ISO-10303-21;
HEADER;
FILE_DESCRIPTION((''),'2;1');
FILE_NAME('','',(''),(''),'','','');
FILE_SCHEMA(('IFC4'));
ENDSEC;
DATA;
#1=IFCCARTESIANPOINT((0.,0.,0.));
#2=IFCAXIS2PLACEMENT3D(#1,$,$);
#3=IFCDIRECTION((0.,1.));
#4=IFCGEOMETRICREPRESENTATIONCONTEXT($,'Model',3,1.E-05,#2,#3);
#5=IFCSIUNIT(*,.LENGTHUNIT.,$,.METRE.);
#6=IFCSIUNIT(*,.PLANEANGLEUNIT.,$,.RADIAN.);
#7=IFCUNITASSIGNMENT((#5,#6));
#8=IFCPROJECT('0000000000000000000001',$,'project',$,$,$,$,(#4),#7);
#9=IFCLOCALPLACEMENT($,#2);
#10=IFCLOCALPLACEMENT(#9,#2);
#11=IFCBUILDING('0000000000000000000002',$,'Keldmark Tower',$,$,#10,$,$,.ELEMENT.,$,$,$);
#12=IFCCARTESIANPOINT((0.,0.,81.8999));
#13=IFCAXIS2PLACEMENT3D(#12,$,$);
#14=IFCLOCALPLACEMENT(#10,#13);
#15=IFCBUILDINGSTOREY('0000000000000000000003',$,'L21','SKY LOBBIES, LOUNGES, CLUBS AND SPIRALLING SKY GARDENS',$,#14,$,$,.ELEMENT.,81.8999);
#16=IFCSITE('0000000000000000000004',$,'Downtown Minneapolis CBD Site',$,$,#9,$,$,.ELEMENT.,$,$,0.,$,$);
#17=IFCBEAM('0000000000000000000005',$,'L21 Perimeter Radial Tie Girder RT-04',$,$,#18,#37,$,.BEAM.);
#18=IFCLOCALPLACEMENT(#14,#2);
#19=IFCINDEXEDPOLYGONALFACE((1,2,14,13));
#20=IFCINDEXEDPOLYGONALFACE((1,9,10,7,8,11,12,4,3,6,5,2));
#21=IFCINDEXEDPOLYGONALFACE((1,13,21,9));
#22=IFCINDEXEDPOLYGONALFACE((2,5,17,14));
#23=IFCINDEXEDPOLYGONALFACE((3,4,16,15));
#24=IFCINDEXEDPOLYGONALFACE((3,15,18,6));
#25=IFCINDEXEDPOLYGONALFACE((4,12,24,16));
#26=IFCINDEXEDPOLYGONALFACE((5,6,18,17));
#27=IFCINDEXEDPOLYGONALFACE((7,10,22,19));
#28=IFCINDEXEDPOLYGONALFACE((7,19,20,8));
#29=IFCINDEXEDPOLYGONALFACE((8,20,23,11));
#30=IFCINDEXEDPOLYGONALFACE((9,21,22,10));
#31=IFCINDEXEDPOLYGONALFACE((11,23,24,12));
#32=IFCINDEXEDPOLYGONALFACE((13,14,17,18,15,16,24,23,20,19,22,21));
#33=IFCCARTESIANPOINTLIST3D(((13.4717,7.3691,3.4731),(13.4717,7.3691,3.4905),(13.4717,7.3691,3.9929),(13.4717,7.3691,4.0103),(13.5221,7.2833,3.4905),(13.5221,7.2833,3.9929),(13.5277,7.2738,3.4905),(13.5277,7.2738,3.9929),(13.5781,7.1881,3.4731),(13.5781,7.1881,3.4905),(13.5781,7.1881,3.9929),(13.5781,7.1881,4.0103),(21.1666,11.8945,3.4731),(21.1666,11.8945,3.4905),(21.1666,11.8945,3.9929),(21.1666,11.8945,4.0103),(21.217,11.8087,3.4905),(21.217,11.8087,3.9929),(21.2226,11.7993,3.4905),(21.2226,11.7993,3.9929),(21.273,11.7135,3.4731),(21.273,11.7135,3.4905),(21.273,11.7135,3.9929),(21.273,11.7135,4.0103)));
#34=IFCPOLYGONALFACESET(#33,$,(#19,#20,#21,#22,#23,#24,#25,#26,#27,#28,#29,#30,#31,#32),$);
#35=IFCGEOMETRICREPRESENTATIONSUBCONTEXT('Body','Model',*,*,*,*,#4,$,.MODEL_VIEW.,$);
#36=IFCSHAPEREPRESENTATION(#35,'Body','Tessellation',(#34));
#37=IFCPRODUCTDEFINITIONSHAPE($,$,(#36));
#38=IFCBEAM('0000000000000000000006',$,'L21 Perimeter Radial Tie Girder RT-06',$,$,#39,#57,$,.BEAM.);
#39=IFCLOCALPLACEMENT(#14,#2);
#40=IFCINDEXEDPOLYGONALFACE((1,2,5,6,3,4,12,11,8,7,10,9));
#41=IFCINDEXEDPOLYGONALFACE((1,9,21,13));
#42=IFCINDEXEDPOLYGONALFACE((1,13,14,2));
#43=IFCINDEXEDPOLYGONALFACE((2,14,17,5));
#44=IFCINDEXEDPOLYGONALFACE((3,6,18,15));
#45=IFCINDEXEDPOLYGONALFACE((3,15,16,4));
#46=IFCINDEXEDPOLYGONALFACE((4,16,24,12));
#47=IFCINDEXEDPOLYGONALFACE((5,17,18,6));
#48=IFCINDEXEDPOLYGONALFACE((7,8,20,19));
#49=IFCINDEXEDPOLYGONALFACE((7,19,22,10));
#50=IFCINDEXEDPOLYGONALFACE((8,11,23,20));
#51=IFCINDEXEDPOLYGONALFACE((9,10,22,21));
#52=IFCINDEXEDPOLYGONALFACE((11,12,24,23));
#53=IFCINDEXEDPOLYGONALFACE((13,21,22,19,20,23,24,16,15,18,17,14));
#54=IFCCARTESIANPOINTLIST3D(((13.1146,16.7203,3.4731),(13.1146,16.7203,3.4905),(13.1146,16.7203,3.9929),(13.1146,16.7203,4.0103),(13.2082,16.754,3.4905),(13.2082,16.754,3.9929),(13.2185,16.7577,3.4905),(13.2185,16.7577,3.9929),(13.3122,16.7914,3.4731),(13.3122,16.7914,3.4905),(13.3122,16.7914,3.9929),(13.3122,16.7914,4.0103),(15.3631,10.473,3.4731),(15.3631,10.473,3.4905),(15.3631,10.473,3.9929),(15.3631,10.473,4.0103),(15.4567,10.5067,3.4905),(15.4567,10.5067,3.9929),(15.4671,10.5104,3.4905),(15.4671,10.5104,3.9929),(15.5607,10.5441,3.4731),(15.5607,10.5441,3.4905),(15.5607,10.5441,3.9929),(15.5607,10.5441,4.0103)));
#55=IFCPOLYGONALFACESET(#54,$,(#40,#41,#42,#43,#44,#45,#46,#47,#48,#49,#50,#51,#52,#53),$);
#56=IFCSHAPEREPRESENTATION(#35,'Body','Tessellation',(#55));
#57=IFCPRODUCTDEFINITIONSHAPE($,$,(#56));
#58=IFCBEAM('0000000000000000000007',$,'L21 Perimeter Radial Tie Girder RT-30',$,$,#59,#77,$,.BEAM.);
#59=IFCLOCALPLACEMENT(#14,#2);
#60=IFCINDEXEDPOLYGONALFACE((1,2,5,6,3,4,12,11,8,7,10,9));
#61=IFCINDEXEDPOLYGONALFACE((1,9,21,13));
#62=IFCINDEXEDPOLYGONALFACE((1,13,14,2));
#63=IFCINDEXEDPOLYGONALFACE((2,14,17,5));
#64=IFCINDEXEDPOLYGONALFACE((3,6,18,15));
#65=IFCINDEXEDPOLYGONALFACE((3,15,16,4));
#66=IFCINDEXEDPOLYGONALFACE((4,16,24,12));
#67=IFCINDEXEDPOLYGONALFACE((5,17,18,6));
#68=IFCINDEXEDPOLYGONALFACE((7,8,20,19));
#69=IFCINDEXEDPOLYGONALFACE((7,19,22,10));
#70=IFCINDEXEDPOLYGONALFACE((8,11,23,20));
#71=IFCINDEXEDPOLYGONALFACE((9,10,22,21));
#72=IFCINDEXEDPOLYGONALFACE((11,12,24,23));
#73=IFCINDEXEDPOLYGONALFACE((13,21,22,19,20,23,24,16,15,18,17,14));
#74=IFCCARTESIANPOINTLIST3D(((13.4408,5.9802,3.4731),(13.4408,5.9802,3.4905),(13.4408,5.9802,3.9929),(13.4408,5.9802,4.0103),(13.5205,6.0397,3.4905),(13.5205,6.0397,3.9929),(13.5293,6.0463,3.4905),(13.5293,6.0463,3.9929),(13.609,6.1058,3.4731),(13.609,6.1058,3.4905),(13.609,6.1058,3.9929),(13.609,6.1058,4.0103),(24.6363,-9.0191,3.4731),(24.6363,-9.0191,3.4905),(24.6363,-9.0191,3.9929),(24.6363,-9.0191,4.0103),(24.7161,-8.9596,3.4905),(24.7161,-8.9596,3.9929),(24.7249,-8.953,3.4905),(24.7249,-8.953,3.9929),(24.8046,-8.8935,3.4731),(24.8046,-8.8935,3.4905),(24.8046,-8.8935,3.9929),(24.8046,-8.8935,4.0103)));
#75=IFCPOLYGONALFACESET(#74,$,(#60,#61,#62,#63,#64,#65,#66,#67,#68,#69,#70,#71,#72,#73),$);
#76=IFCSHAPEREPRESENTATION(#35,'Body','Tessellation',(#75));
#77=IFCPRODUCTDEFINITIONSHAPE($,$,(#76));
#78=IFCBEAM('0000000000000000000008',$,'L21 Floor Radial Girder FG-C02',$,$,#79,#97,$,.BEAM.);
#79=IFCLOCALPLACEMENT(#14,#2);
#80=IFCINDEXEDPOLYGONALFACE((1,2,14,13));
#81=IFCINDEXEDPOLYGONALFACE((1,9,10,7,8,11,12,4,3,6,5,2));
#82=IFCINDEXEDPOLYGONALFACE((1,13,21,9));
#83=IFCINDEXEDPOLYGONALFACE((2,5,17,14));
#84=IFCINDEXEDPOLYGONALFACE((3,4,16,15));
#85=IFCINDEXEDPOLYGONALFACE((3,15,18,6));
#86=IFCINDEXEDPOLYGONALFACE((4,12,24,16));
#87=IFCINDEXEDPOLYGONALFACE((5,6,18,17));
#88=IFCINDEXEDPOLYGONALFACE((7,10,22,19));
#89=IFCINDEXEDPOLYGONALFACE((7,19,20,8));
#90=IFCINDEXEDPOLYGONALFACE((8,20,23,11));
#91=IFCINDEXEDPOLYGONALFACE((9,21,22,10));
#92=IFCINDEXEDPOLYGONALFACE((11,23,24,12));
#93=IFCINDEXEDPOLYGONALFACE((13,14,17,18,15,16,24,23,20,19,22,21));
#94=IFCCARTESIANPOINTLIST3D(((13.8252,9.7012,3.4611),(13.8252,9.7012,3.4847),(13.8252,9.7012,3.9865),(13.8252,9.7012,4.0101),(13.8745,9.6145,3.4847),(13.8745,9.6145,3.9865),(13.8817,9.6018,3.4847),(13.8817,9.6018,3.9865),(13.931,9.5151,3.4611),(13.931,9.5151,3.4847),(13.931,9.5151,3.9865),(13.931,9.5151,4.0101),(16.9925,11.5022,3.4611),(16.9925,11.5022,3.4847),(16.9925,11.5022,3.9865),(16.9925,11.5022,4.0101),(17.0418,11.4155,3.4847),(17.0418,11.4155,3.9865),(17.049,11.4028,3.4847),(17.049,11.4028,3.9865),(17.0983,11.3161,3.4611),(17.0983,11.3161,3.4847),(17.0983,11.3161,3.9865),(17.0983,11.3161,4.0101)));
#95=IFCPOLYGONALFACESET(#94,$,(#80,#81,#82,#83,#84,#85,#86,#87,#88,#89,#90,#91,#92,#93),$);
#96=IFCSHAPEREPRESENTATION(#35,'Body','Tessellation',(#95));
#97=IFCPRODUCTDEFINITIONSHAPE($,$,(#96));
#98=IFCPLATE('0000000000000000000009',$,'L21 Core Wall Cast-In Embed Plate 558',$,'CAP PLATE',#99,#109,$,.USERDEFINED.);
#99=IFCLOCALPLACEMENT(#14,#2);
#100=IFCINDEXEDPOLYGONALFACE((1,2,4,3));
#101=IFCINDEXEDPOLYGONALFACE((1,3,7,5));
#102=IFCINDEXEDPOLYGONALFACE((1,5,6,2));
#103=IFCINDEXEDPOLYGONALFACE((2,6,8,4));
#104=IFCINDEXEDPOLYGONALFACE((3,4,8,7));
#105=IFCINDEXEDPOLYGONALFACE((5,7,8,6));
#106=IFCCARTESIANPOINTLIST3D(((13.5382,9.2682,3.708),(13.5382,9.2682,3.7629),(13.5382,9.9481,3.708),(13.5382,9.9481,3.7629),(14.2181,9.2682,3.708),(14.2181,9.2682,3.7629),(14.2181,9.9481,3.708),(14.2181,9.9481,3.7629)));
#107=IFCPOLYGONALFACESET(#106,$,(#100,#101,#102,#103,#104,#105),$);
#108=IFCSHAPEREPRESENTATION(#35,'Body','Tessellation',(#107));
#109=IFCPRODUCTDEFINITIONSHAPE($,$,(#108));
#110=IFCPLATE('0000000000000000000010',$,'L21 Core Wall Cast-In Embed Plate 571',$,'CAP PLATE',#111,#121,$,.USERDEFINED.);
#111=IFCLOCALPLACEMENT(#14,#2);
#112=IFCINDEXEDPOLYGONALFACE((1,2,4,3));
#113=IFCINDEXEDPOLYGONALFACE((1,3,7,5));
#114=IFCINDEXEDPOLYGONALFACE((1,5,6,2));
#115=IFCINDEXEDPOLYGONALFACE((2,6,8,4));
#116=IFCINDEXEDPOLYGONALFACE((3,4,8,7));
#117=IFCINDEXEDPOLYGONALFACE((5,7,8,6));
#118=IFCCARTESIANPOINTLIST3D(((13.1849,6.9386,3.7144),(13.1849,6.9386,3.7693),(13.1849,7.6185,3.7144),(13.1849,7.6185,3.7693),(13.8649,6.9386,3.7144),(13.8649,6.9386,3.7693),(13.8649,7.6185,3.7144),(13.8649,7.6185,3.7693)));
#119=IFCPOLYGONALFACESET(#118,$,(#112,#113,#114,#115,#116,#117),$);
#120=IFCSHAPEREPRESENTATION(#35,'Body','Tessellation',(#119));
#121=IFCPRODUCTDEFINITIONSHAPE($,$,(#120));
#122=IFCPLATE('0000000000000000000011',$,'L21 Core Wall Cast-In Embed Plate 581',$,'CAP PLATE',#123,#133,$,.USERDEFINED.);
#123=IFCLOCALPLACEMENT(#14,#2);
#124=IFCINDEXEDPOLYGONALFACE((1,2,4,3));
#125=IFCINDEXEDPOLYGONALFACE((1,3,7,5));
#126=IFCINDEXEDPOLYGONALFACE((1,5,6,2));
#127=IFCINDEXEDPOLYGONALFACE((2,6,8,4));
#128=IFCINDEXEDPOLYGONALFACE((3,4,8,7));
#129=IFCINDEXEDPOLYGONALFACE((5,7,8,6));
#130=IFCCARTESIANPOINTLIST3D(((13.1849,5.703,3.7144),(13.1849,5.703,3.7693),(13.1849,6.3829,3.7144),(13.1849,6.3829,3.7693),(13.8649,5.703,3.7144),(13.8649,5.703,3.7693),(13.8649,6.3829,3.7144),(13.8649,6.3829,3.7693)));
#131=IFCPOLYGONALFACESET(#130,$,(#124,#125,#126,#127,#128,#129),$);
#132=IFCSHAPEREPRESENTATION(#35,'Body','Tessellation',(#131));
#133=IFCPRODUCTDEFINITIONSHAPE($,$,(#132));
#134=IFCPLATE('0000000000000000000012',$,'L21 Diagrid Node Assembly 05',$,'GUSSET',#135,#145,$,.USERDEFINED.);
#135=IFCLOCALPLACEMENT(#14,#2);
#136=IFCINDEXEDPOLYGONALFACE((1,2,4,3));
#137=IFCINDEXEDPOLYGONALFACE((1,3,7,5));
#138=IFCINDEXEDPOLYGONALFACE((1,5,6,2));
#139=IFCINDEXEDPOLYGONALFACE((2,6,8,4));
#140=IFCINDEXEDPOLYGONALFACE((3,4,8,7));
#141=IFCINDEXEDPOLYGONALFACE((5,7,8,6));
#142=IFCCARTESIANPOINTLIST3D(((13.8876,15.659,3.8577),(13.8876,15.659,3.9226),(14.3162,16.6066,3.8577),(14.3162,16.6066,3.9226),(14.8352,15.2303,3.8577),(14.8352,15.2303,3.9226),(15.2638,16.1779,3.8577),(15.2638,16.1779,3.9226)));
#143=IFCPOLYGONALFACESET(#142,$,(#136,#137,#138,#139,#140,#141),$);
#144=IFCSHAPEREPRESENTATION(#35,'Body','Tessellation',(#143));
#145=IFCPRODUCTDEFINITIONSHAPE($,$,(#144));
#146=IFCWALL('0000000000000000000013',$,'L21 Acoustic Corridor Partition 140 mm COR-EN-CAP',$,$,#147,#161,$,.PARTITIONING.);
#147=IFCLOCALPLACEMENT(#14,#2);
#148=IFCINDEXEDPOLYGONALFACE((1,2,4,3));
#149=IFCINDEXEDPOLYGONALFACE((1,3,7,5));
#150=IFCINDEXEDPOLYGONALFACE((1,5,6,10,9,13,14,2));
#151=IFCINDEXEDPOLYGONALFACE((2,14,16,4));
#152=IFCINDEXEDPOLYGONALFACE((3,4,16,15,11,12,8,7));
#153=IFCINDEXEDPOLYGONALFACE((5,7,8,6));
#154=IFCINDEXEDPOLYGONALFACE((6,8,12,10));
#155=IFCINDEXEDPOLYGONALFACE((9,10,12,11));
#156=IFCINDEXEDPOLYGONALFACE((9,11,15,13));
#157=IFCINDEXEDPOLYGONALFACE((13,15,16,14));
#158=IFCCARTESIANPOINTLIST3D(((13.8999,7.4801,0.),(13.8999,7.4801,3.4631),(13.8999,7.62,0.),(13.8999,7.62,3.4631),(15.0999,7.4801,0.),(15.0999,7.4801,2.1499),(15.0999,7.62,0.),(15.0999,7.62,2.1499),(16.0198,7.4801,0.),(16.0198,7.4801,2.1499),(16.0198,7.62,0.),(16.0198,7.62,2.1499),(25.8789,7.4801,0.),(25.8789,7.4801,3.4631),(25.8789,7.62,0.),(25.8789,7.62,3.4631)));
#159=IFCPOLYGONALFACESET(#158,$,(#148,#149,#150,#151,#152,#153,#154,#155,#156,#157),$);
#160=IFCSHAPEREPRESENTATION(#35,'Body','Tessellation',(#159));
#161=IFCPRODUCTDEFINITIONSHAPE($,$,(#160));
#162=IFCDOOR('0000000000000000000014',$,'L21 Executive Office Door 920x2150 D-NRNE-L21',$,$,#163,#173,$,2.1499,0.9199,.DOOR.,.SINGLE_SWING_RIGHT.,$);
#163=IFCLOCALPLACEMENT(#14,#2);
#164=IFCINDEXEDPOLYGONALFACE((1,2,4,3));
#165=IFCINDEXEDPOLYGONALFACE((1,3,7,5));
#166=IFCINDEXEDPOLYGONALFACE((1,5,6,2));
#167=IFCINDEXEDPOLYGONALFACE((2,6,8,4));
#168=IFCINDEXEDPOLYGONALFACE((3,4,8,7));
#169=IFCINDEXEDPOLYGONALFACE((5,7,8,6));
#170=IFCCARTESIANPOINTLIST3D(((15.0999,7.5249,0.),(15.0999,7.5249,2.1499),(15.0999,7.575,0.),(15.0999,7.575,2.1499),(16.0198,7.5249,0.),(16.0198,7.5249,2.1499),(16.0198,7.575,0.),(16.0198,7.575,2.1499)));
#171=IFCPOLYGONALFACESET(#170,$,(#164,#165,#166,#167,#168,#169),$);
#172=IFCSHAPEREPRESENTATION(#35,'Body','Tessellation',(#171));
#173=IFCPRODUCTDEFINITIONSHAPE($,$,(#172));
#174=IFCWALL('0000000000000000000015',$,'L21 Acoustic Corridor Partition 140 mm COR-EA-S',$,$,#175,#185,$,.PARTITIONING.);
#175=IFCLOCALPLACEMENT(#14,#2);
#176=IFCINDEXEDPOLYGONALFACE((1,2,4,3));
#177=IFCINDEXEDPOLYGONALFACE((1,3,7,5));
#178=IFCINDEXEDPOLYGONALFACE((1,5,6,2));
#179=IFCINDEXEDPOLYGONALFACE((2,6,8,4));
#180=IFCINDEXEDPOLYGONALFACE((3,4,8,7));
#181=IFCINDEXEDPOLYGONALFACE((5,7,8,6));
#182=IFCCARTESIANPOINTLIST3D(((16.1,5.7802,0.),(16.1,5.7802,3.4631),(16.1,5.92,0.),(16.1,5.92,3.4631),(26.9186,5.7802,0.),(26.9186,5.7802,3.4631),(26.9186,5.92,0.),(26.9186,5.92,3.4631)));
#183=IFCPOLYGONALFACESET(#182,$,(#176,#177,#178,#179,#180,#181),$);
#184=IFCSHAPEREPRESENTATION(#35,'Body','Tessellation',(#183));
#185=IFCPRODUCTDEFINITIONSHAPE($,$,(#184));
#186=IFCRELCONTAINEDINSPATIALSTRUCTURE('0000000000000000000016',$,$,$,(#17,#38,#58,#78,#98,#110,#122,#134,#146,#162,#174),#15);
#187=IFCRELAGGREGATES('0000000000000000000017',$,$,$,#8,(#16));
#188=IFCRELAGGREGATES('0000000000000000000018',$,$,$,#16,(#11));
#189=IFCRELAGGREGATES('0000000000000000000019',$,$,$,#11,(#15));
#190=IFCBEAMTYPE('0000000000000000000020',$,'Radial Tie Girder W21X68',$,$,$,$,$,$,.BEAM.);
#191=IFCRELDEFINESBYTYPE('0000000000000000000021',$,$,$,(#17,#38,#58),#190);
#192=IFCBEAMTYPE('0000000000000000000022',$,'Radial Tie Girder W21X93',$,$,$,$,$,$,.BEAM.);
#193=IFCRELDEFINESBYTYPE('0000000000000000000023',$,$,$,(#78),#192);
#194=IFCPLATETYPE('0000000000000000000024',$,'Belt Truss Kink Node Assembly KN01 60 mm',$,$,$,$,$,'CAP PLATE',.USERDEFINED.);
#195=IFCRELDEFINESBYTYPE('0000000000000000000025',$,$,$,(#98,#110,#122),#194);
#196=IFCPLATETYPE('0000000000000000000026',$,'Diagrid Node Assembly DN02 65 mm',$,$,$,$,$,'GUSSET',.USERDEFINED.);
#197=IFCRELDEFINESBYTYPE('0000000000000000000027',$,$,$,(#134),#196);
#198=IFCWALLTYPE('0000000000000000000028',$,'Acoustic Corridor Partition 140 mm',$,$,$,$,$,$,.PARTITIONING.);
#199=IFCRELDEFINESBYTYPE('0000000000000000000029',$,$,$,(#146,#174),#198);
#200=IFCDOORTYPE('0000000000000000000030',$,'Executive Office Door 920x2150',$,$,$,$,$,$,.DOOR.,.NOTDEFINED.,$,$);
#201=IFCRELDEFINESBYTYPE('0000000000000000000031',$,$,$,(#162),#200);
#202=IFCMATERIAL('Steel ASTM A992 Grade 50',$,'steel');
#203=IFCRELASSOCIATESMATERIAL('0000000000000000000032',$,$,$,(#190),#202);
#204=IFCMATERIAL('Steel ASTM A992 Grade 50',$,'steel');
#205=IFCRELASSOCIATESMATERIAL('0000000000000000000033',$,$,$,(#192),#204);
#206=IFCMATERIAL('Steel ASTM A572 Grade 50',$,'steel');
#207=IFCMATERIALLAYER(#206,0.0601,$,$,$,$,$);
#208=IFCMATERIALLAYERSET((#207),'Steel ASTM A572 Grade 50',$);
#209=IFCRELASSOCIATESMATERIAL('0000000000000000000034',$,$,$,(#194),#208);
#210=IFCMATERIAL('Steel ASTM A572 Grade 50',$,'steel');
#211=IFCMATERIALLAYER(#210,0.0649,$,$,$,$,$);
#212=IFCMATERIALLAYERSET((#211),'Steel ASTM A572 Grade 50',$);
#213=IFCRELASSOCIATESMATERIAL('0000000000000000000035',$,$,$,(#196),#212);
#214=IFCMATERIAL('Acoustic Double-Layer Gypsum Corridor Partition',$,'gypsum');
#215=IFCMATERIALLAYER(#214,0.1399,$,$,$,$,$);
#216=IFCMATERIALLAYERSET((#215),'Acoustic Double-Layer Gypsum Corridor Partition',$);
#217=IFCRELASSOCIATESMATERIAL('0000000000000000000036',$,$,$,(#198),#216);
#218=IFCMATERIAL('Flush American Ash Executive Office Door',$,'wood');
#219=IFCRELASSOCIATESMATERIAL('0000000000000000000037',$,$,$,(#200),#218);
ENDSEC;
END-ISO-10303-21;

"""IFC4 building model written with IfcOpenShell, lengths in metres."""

from ifc_helpers import new_model, si_unit, direction, frame, frame_2d, origin, origin_2d, place, context, subcontext, project, spatial, rectangle, i_section, extrude, material, layer, layer_set, material_profile, profile_set, type_object, element, fill, save


model = new_model("IFC4")

# Units and contexts
model_context = context("Model", 3, precision=1e-05, world=origin(), true_north=direction((0.0, 1.0)))
body_context = subcontext(model_context, "Body", "Model", "MODEL_VIEW")
ifc_project = project(units=[si_unit("LENGTHUNIT", "METRE"), si_unit("PLANEANGLEUNIT", "RADIAN")], contexts=[model_context])

# Site, building, storey
site_placement = place(None, origin())
site = spatial("IfcSite", under=ifc_project, at=site_placement, Name="Downtown Minneapolis CBD Site", CompositionType="ELEMENT", RefElevation=0.0)
building_placement = place(site_placement, origin())
building = spatial("IfcBuilding", under=site, at=building_placement, Name="Keldmark Tower", CompositionType="ELEMENT")
storey_placement = place(building_placement, frame((0.0, 0.0, 81.8999)))
storey = spatial("IfcBuildingStorey", under=building, at=storey_placement, Name="L21", Description="SKY LOBBIES, LOUNGES, CLUBS AND SPIRALLING SKY GARDENS", CompositionType="ELEMENT", Elevation=81.8999)

# Beams
ifc_material_1 = material(Name="Steel ASTM A992 Grade 50", Category="steel")
ifc_material_profile_1 = material_profile(ifc_material_1, i_section(OverallWidth=0.21, OverallDepth=0.5371, WebThickness=0.011, FlangeThickness=0.0173, at=origin_2d()), Name="W21X68")
ifc_profile_set_1 = profile_set([ifc_material_profile_1], Name="Steel ASTM A992 Grade 50")
beam_type_1 = type_object("IfcBeamType", Name="Radial Tie Girder W21X68", PredefinedType="BEAM", material=ifc_profile_set_1)
beam_1_placement = place(storey_placement, frame((13.5249, 7.2786, 3.7417), z_axis=(0.861982, 0.506939, 0.0), x_axis=(-0.506939, 0.861982, 0.0)))
element("IfcBeam", 1, at=beam_1_placement, inside=storey, type_object=beam_type_1, Name="L21 Perimeter Radial Tie Girder RT-04", PredefinedType="BEAM", context=body_context, shape_type="SweptSolid", body=[
    extrude(i_section(OverallWidth=0.21, OverallDepth=0.5371, WebThickness=0.011, FlangeThickness=0.0173, at=origin_2d()), origin(), (0.0, 0.0, 1.0), 8.927),
])
beam_2_placement = place(storey_placement, frame((15.4619, 10.5085, 3.7417), z_axis=(-0.338653, 0.940911, 0.0), x_axis=(-0.940911, -0.338653, 0.0)))
element("IfcBeam", 2, at=beam_2_placement, inside=storey, type_object=beam_type_1, Name="L21 Perimeter Radial Tie Girder RT-06", PredefinedType="BEAM", context=body_context, shape_type="SweptSolid", body=[
    extrude(i_section(OverallWidth=0.21, OverallDepth=0.5371, WebThickness=0.011, FlangeThickness=0.0173, at=origin_2d()), origin(), (0.0, 0.0, 1.0), 6.6396),
])
beam_3_placement = place(storey_placement, frame((13.5249, 6.043, 3.7417), z_axis=(0.598156, -0.80138, 0.0), x_axis=(0.80138, 0.598156, 0.0)))
element("IfcBeam", 3, at=beam_3_placement, inside=storey, type_object=beam_type_1, Name="L21 Perimeter Radial Tie Girder RT-30", PredefinedType="BEAM", context=body_context, shape_type="SweptSolid", body=[
    extrude(i_section(OverallWidth=0.21, OverallDepth=0.5371, WebThickness=0.011, FlangeThickness=0.0173, at=origin_2d()), origin(), (0.0, 0.0, 1.0), 18.7168),
])
ifc_material_2 = material(Name="Steel ASTM A992 Grade 50", Category="steel")
ifc_material_profile_2 = material_profile(ifc_material_2, i_section(OverallWidth=0.2141, OverallDepth=0.5491, WebThickness=0.0146, FlangeThickness=0.0237, at=origin_2d()), Name="W21X93")
ifc_profile_set_2 = profile_set([ifc_material_profile_2], Name="Steel ASTM A992 Grade 50")
beam_type_2 = type_object("IfcBeamType", Name="Radial Tie Girder W21X93", PredefinedType="BEAM", material=ifc_profile_set_2)
beam_4_placement = place(storey_placement, frame((17.0454, 11.4092, 3.7356), z_axis=(-0.869284, -0.494312, 0.0), x_axis=(0.494312, -0.869284, 0.0)))
element("IfcBeam", 4, at=beam_4_placement, inside=storey, type_object=beam_type_2, Name="L21 Floor Radial Girder FG-C02", PredefinedType="BEAM", context=body_context, shape_type="SweptSolid", body=[
    extrude(i_section(OverallWidth=0.2141, OverallDepth=0.5491, WebThickness=0.0146, FlangeThickness=0.0237, at=origin_2d()), origin(), (0.0, 0.0, 1.0), 3.6436),
])

# Plates
ifc_material_3 = material(Name="Steel ASTM A572 Grade 50", Category="steel")
ifc_layer_1 = layer(ifc_material_3, 0.0601)
ifc_layer_set_1 = layer_set([ifc_layer_1], Name="Steel ASTM A572 Grade 50")
plate_type_1 = type_object("IfcPlateType", Name="Belt Truss Kink Node Assembly KN01 60 mm", ElementType="CAP PLATE", PredefinedType="USERDEFINED", material=ifc_layer_set_1)
for number, where, z_axis, x_axis, name in (
    (5, (13.8782, 9.6082, 3.708), (0.0, 0.0, 1.0), (1.0, 0.0, 0.0), "L21 Core Wall Cast-In Embed Plate 558"),
    (6, (13.5249, 7.2786, 3.7144), (0.0, 0.0, 1.0), (1.0, 0.0, 0.0), "L21 Core Wall Cast-In Embed Plate 571"),
    (7, (13.5249, 6.043, 3.7144), (0.0, 0.0, 1.0), (1.0, 0.0, 0.0), "L21 Core Wall Cast-In Embed Plate 581"),
):
    element("IfcPlate", number, at=place(storey_placement, frame(where, z_axis=z_axis, x_axis=x_axis)), inside=storey, type_object=plate_type_1, Name=name, ObjectType="CAP PLATE", PredefinedType="USERDEFINED", context=body_context, shape_type="SweptSolid", body=[
        extrude(rectangle(XDim=0.6799, YDim=0.6799, at=origin_2d()), origin(), (0.0, 0.0, 1.0), 0.0549),
    ])
ifc_material_4 = material(Name="Steel ASTM A572 Grade 50", Category="steel")
ifc_layer_2 = layer(ifc_material_4, 0.0649)
ifc_layer_set_2 = layer_set([ifc_layer_2], Name="Steel ASTM A572 Grade 50")
plate_type_2 = type_object("IfcPlateType", Name="Diagrid Node Assembly DN02 65 mm", ElementType="GUSSET", PredefinedType="USERDEFINED", material=ifc_layer_set_2)
plate_placement = place(storey_placement, frame((14.5757, 15.9185, 3.8577), z_axis=(0.0, 0.0, 1.0), x_axis=(-0.911116, 0.412151, 0.0)))
element("IfcPlate", 8, at=plate_placement, inside=storey, type_object=plate_type_2, Name="L21 Diagrid Node Assembly 05", ObjectType="GUSSET", PredefinedType="USERDEFINED", context=body_context, shape_type="SweptSolid", body=[
    extrude(rectangle(XDim=1.04, YDim=1.04, at=origin_2d()), origin(), (0.0, 0.0, 1.0), 0.0649),
])

# Wall, opening, door
ifc_material_5 = material(Name="Acoustic Double-Layer Gypsum Corridor Partition", Category="gypsum")
ifc_layer_3 = layer(ifc_material_5, 0.1399)
ifc_layer_set_3 = layer_set([ifc_layer_3], Name="Acoustic Double-Layer Gypsum Corridor Partition")
wall_type = type_object("IfcWallType", Name="Acoustic Corridor Partition 140 mm", PredefinedType="PARTITIONING", material=ifc_layer_set_3)
wall_1_placement = place(storey_placement, frame((13.8999, 7.55, 0.0), z_axis=(0.0, 0.0, 1.0), x_axis=(1.0, 0.0, 0.0)))
wall_1 = element("IfcWall", 9, at=wall_1_placement, inside=storey, type_object=wall_type, Name="L21 Acoustic Corridor Partition 140 mm COR-EN-CAP", PredefinedType="PARTITIONING", context=body_context, shape_type="SweptSolid", body=[
    extrude(rectangle(XDim=11.979, YDim=0.1399, at=frame_2d((5.9895, 0.0))), origin(), (0.0, 0.0, 1.0), 3.4631),
])
opening_placement = place(wall_1_placement, frame((1.2, 0.0, 0.0)))
opening = element("IfcOpeningElement", 10, at=opening_placement, cuts=wall_1, PredefinedType="OPENING", context=body_context, shape_type="SweptSolid", body=[
    extrude(rectangle(XDim=0.9199, YDim=2.1499, at=frame_2d((0.46, 1.075))), frame((0.0, 0.0798, 0.0), z_axis=(0.0, -1.0, 0.0), x_axis=(1.0, 0.0, 0.0)), (0.0, 0.0, 1.0), 0.1599),
])
ifc_material_6 = material(Name="Flush American Ash Executive Office Door", Category="wood")
door_type = type_object("IfcDoorType", Name="Executive Office Door 920x2150", OperationType="NOTDEFINED", PredefinedType="DOOR", material=ifc_material_6)
door_placement = place(opening_placement, origin())
door = element("IfcDoor", 11, at=door_placement, inside=storey, type_object=door_type, Name="L21 Executive Office Door 920x2150 D-NRNE-L21", OperationType="SINGLE_SWING_RIGHT", OverallHeight=2.1499, OverallWidth=0.9199, PredefinedType="DOOR", context=body_context, shape_type="SweptSolid", body=[
    extrude(rectangle(XDim=0.9199, YDim=2.1499, at=frame_2d((0.46, 1.075))), frame((0.0, 0.0249, 0.0), z_axis=(0.0, -1.0, 0.0), x_axis=(1.0, 0.0, 0.0)), (0.0, 0.0, 1.0), 0.05),
])
fill(opening, door)

# Wall
wall_2_placement = place(storey_placement, frame((16.1001, 5.8501, 0.0), z_axis=(0.0, 0.0, 1.0), x_axis=(1.0, 0.0, 0.0)))
element("IfcWall", 12, at=wall_2_placement, inside=storey, type_object=wall_type, Name="L21 Acoustic Corridor Partition 140 mm COR-EA-S", PredefinedType="PARTITIONING", context=body_context, shape_type="SweptSolid", body=[
    extrude(rectangle(XDim=10.8186, YDim=0.1399, at=frame_2d((5.4092, 0.0))), origin(), (0.0, 0.0, 1.0), 3.4631),
])

save(model, "model.ifc")
